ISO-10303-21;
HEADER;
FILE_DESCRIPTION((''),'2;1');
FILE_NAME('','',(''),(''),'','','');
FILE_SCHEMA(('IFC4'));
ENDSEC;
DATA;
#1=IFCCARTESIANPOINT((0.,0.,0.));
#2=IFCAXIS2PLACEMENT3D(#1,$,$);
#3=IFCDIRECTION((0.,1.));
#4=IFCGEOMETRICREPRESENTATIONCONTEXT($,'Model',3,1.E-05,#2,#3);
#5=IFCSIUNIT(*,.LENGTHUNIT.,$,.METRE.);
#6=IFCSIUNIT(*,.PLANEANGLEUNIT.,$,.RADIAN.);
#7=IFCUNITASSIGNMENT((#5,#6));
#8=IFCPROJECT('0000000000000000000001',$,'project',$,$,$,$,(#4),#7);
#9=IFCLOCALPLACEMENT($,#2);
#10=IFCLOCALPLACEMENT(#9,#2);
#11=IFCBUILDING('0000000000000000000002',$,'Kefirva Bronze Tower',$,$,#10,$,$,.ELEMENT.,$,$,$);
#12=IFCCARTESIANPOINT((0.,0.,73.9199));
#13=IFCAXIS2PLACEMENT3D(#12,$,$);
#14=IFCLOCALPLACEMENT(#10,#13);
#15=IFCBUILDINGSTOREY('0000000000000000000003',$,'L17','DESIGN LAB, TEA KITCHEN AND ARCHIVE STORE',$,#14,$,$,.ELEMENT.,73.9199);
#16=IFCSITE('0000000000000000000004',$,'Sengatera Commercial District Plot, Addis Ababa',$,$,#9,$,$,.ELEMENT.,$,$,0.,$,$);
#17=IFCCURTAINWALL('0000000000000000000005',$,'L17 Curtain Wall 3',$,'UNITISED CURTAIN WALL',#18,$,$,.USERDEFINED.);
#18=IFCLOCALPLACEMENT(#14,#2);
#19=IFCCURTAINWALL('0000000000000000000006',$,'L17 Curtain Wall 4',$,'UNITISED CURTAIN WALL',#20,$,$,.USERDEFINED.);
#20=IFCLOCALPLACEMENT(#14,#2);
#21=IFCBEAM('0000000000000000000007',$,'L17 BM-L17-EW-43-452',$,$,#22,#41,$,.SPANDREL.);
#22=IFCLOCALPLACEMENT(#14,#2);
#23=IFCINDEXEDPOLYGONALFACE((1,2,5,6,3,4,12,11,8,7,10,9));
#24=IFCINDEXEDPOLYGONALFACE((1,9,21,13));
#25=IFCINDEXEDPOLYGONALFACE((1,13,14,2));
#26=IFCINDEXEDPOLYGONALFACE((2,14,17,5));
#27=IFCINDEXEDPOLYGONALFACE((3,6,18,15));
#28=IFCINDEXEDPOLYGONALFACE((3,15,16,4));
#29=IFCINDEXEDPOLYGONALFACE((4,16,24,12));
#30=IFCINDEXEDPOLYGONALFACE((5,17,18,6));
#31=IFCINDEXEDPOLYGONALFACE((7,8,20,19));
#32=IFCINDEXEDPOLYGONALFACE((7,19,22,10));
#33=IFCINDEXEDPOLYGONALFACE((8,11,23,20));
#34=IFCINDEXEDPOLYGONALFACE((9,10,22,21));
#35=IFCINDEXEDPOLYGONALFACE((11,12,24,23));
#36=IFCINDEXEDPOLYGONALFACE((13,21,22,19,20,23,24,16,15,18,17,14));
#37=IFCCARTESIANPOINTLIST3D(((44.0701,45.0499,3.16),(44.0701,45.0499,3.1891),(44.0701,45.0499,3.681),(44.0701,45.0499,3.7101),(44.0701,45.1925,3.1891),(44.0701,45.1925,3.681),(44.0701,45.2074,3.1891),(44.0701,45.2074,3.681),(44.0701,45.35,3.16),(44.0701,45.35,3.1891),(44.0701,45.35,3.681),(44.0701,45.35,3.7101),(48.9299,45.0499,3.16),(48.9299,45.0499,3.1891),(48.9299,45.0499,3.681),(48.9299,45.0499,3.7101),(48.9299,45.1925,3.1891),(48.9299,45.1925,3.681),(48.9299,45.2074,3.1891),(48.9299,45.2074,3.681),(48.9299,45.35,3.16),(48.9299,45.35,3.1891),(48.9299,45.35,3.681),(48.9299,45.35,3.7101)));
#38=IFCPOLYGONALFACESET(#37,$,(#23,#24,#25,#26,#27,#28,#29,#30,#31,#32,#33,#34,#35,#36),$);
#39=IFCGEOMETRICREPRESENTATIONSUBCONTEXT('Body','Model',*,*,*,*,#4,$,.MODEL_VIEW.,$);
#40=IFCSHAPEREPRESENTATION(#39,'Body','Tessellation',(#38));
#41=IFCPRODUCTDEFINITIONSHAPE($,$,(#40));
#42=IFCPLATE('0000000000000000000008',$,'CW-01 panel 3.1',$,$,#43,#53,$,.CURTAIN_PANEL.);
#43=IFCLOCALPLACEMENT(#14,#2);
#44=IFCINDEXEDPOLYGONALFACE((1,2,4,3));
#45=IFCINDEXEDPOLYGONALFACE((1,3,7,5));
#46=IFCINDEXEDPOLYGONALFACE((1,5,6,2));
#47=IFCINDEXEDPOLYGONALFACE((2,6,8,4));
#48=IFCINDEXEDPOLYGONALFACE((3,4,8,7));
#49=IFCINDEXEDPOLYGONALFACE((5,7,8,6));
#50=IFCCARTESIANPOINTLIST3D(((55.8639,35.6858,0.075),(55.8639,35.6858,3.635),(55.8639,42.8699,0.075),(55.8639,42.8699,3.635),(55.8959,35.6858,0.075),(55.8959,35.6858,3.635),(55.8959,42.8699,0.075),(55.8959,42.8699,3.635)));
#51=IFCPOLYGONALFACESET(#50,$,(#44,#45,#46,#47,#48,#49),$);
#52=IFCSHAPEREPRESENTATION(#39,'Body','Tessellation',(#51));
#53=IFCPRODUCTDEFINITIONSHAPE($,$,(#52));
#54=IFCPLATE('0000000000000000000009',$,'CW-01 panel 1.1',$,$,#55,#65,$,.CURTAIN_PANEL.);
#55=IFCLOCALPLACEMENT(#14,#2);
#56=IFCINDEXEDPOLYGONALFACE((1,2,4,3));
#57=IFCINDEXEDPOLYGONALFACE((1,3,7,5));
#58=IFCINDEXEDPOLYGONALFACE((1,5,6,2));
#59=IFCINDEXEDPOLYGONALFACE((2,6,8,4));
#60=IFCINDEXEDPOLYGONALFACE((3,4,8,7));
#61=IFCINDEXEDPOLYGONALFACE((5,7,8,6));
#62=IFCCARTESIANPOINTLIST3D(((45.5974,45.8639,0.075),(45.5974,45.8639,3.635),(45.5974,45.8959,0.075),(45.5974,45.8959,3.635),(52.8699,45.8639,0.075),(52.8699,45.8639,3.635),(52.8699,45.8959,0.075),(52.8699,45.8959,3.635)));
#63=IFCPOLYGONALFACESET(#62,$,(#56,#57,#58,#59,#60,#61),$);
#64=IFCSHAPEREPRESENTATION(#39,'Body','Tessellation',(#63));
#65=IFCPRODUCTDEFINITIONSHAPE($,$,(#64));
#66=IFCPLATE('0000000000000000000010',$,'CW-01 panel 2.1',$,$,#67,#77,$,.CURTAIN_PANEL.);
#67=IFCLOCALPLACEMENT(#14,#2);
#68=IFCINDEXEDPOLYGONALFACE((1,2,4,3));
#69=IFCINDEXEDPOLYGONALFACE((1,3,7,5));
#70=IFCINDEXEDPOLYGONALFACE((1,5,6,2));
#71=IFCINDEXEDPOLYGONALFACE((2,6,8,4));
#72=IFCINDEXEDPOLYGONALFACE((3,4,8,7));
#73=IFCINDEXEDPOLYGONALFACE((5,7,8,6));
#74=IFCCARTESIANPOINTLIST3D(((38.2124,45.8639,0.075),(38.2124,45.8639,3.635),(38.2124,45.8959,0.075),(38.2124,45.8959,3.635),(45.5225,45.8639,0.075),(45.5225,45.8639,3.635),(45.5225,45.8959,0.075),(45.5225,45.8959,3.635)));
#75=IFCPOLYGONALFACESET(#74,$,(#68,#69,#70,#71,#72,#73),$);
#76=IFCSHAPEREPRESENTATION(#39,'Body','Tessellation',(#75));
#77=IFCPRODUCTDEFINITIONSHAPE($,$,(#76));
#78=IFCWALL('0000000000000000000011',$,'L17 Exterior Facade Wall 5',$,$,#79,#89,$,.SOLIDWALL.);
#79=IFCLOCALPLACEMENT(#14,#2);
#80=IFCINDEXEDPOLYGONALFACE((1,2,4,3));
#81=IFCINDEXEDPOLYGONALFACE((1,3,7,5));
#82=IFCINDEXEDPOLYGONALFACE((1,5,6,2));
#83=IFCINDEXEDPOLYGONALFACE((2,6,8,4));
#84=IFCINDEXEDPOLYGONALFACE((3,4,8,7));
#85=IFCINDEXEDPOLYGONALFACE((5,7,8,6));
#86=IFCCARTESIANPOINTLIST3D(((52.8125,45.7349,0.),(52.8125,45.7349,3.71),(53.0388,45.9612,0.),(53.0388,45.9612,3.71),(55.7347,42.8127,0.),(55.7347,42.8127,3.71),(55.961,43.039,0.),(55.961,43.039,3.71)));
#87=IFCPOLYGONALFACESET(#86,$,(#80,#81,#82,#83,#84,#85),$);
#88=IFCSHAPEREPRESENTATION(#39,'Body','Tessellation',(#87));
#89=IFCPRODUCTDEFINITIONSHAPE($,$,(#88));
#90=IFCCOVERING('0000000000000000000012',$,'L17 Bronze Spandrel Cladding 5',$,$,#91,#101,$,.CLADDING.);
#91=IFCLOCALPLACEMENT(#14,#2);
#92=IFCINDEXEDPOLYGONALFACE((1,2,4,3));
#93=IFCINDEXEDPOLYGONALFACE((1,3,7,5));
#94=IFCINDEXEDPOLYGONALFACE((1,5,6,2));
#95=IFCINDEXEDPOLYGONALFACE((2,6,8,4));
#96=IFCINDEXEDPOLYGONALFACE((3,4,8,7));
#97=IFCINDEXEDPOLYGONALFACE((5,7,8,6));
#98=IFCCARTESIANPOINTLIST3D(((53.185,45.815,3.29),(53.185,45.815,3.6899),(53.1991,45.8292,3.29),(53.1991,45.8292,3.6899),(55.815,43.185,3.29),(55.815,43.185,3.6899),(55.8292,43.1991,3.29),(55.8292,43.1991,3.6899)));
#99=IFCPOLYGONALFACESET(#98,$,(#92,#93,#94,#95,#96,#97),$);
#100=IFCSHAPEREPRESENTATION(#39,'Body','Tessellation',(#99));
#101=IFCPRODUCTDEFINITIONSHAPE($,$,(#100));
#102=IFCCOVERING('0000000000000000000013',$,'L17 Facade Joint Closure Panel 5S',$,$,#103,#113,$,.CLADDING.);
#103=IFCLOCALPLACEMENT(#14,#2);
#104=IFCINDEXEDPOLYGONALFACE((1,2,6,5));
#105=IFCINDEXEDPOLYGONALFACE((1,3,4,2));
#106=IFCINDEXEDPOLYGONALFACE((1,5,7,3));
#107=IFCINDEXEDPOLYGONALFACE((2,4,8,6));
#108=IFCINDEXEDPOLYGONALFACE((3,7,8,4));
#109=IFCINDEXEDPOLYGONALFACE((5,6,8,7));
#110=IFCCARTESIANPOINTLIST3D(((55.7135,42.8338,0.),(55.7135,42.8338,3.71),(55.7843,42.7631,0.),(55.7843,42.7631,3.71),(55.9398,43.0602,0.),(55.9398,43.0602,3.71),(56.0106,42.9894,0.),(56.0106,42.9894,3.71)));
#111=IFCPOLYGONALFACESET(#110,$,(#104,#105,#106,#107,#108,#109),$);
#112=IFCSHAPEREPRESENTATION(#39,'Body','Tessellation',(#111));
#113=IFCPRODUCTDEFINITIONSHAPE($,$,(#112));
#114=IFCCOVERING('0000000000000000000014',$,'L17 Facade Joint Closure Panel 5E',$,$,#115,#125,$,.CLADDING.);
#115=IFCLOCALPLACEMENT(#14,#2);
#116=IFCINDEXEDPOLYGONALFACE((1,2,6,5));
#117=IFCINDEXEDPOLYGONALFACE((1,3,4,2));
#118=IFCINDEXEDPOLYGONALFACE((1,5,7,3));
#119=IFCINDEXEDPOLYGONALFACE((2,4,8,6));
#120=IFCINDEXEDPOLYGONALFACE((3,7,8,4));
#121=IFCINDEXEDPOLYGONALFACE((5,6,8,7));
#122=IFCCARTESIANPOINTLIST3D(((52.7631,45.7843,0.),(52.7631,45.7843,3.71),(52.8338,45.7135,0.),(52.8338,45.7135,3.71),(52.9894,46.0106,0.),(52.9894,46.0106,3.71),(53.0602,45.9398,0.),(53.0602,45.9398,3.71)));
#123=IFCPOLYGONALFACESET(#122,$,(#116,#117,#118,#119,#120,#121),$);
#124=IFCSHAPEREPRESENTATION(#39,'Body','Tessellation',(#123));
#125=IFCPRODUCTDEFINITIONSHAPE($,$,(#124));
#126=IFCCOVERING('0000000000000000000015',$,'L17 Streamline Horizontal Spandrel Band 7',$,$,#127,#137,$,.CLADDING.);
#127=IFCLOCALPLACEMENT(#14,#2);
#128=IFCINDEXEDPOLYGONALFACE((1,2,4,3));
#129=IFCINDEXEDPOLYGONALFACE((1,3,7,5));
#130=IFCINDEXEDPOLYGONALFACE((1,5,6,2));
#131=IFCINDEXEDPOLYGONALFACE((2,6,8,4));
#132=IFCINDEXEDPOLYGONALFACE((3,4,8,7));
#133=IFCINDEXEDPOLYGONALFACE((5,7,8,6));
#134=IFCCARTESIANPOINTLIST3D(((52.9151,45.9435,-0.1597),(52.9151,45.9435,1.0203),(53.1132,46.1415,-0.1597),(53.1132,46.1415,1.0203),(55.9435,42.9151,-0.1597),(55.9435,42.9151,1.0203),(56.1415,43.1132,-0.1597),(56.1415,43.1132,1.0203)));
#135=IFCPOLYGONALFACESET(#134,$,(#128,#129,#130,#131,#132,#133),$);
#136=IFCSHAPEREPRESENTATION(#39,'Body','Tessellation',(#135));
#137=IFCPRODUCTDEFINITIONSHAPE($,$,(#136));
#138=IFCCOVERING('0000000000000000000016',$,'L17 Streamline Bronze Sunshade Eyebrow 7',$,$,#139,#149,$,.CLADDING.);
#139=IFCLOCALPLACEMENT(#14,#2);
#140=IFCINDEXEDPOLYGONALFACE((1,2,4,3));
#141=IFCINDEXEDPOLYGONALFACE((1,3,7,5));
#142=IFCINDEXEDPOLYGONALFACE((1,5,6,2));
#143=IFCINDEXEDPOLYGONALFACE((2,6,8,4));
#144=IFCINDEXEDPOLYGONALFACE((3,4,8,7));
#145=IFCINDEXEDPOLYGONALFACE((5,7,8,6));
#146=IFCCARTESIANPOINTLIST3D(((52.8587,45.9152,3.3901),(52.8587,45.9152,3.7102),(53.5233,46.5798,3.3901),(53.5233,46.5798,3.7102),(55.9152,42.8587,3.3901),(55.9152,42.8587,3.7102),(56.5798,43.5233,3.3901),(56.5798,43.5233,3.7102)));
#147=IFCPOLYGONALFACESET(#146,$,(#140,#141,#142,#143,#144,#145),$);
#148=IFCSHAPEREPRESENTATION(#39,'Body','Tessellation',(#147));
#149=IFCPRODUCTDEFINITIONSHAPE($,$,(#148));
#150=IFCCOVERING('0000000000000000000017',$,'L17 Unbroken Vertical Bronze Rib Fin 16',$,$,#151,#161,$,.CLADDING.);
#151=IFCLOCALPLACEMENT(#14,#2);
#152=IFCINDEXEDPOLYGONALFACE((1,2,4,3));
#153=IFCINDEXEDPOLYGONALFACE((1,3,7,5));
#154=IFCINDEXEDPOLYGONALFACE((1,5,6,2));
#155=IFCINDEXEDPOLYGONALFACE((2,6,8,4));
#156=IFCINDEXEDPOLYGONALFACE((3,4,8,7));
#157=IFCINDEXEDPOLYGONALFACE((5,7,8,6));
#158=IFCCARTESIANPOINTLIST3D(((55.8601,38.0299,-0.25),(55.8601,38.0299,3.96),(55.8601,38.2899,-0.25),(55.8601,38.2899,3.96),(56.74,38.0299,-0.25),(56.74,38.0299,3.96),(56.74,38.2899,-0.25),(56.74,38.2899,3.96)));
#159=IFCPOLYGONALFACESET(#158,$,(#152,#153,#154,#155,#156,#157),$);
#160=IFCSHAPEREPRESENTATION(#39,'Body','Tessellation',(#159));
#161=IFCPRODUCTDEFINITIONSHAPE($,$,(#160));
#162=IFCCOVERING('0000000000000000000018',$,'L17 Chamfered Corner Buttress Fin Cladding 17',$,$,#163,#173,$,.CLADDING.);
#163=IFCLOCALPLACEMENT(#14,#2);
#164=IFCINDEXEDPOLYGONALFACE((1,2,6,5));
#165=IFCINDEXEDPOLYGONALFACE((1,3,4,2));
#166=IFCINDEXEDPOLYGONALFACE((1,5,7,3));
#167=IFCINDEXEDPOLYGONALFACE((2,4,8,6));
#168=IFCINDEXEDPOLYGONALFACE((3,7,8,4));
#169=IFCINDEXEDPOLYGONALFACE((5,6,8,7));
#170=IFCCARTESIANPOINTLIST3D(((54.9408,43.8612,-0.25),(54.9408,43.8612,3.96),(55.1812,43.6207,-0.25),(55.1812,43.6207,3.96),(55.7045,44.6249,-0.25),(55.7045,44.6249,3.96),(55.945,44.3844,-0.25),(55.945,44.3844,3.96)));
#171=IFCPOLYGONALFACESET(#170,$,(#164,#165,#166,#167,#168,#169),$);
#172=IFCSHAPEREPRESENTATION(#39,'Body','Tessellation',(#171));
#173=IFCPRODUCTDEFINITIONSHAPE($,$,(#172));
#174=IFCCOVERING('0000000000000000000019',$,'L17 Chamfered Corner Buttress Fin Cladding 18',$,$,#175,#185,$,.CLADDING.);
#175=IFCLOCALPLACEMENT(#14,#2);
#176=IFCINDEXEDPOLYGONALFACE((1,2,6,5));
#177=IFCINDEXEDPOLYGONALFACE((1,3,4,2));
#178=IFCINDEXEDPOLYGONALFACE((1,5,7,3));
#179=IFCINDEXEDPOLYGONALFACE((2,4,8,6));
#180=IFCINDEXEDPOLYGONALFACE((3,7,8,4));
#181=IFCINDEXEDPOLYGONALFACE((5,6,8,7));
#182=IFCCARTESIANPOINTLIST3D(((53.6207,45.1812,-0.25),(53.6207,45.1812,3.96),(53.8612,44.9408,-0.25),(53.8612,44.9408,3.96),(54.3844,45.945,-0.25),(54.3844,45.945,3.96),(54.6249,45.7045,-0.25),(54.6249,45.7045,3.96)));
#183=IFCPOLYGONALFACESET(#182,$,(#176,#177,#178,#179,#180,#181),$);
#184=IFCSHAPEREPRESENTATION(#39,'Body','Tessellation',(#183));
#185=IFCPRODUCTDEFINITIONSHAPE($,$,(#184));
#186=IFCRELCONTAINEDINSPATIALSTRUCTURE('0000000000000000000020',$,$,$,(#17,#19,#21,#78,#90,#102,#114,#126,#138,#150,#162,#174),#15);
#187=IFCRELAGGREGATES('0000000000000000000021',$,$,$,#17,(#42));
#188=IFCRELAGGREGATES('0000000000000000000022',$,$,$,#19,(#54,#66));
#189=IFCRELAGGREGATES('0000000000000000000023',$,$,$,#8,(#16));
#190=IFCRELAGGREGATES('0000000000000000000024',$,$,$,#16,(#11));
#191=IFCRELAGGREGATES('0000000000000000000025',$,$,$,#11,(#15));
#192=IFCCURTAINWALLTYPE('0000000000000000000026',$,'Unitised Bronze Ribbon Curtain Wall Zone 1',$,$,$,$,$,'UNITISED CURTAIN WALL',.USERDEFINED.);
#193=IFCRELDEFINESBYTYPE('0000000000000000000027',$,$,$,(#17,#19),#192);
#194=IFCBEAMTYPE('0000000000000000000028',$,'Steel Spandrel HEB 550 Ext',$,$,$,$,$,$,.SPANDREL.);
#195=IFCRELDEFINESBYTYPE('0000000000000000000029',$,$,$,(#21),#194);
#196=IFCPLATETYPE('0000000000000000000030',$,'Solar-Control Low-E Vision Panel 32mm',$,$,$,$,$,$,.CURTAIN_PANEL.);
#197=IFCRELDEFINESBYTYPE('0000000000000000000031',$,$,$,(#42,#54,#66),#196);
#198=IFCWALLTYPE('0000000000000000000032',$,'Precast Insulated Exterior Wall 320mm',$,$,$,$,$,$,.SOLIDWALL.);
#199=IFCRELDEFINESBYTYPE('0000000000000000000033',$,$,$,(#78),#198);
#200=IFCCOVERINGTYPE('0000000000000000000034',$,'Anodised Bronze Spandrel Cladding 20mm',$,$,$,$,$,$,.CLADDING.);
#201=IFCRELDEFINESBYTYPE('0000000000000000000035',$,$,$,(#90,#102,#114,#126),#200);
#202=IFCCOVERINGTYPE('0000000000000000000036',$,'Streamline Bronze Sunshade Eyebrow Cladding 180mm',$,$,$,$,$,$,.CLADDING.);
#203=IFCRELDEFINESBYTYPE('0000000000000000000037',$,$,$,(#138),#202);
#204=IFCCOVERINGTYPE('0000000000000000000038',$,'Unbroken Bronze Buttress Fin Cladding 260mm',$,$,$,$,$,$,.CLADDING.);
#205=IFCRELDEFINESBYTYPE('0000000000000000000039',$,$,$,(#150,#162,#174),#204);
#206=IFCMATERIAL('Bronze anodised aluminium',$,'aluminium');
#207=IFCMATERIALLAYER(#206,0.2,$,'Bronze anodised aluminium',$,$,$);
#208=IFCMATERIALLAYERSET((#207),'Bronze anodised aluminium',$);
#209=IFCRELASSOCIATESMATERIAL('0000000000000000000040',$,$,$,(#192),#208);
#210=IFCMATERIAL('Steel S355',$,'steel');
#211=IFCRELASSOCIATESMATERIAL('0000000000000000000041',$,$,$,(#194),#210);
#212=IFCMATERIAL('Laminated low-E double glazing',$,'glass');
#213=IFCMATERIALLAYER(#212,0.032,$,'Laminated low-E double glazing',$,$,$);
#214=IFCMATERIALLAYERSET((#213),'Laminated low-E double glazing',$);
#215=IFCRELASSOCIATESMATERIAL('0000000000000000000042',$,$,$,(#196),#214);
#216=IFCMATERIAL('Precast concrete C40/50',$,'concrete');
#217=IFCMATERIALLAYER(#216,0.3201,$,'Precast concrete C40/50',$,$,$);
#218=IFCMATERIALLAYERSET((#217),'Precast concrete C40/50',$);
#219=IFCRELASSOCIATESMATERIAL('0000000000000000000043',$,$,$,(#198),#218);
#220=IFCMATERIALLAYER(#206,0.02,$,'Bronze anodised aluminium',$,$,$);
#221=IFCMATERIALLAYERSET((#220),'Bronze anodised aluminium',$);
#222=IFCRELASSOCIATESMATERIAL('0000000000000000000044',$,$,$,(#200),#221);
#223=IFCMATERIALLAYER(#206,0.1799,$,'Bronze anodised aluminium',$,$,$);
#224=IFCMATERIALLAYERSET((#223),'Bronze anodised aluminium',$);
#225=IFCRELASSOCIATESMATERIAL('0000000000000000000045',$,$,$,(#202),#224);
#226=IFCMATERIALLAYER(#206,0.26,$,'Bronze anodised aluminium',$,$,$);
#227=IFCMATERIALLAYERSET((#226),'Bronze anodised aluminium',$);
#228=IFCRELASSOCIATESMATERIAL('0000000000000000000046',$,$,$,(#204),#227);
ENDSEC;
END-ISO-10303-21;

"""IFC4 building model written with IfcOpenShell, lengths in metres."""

from ifc_helpers import new_model, si_unit, direction, frame, frame_2d, origin, origin_2d, place, context, subcontext, project, spatial, rectangle, i_section, extrude, material, layer, layer_set, material_profile, profile_set, type_object, element, aggregate, save


model = new_model("IFC4")

# Units and contexts
model_context = context("Model", 3, precision=1e-05, world=origin(), true_north=direction((0.0, 1.0)))
body_context = subcontext(model_context, "Body", "Model", "MODEL_VIEW")
ifc_project = project(units=[si_unit("LENGTHUNIT", "METRE"), si_unit("PLANEANGLEUNIT", "RADIAN")], contexts=[model_context])

# Site, building, storey
site_placement = place(None, origin())
site = spatial("IfcSite", under=ifc_project, at=site_placement, Name="Sengatera Commercial District Plot, Addis Ababa", CompositionType="ELEMENT", RefElevation=0.0)
building_placement = place(site_placement, origin())
building = spatial("IfcBuilding", under=site, at=building_placement, Name="Kefirva Bronze Tower", CompositionType="ELEMENT")
storey_placement = place(building_placement, frame((0.0, 0.0, 73.9199)))
storey = spatial("IfcBuildingStorey", under=building, at=storey_placement, Name="L17", Description="DESIGN LAB, TEA KITCHEN AND ARCHIVE STORE", CompositionType="ELEMENT", Elevation=73.9199)

# Curtain wall
ifc_material_1 = material(Name="Bronze anodised aluminium", Category="aluminium")
ifc_layer_1 = layer(ifc_material_1, 0.2, Name="Bronze anodised aluminium")
ifc_layer_set_1 = layer_set([ifc_layer_1], Name="Bronze anodised aluminium")
curtain_wall_type = type_object("IfcCurtainWallType", Name="Unitised Bronze Ribbon Curtain Wall Zone 1", ElementType="UNITISED CURTAIN WALL", PredefinedType="USERDEFINED", material=ifc_layer_set_1)
curtain_wall_1_placement = place(storey_placement, origin())
curtain_wall_1 = element("IfcCurtainWall", 1, at=curtain_wall_1_placement, inside=storey, type_object=curtain_wall_type, Name="L17 Curtain Wall 3", ObjectType="UNITISED CURTAIN WALL", PredefinedType="USERDEFINED")

# Curtain wall
curtain_wall_2_placement = place(storey_placement, origin())
curtain_wall_2 = element("IfcCurtainWall", 2, at=curtain_wall_2_placement, inside=storey, type_object=curtain_wall_type, Name="L17 Curtain Wall 4", ObjectType="UNITISED CURTAIN WALL", PredefinedType="USERDEFINED")

# Beam
ifc_material_2 = material(Name="Steel S355", Category="steel")
ifc_material_profile_1 = material_profile(ifc_material_2, i_section(OverallWidth=0.3, OverallDepth=0.55, WebThickness=0.0149, FlangeThickness=0.0291, at=origin_2d()), Name="HEB 550")
ifc_profile_set_1 = profile_set([ifc_material_profile_1], Name="Steel S355")
beam_type_1 = type_object("IfcBeamType", Name="Steel Spandrel HEB 550 Ext", PredefinedType="SPANDREL", material=ifc_profile_set_1)
beam_1_placement = place(storey_placement, frame((44.0701, 45.2, 3.4351), z_axis=(1.0, 0.0, 0.0), x_axis=(0.0, 1.0, 0.0)))
element("IfcBeam", 3, at=beam_1_placement, inside=storey, type_object=beam_type_1, Name="L17 BM-L17-EW-43-452", PredefinedType="SPANDREL", context=body_context, shape_type="SweptSolid", body=[
    extrude(i_section(OverallWidth=0.3, OverallDepth=0.55, WebThickness=0.0149, FlangeThickness=0.0291, at=origin_2d()), origin(), (0.0, 0.0, 1.0), 4.8599),
])

# Plates
ifc_material_3 = material(Name="Laminated low-E double glazing", Category="glass")
ifc_layer_2 = layer(ifc_material_3, 0.032, Name="Laminated low-E double glazing")
ifc_layer_set_2 = layer_set([ifc_layer_2], Name="Laminated low-E double glazing")
plate_type = type_object("IfcPlateType", Name="Solar-Control Low-E Vision Panel 32mm", PredefinedType="CURTAIN_PANEL", material=ifc_layer_set_2)
plate_1_placement = place(storey_placement, frame((55.8799, 39.2778, 0.075), z_axis=(0.0, 0.0, 1.0), x_axis=(0.0, 1.0, 0.0)))
plate_1 = element("IfcPlate", 4, at=plate_1_placement, type_object=plate_type, Name="CW-01 panel 3.1", PredefinedType="CURTAIN_PANEL", context=body_context, shape_type="SweptSolid", body=[
    extrude(rectangle(XDim=7.1841, YDim=0.032, at=origin_2d()), origin(), (0.0, 0.0, 1.0), 3.5601),
])
aggregate(curtain_wall_1, [plate_1])
plate_2_placement = place(storey_placement, frame((49.2336, 45.8799, 0.075), z_axis=(0.0, 0.0, 1.0), x_axis=(-1.0, 0.0, 0.0)))
plate_2 = element("IfcPlate", 5, at=plate_2_placement, type_object=plate_type, Name="CW-01 panel 1.1", PredefinedType="CURTAIN_PANEL", context=body_context, shape_type="SweptSolid", body=[
    extrude(rectangle(XDim=7.2725, YDim=0.032, at=origin_2d()), origin(), (0.0, 0.0, 1.0), 3.5601),
])
plate_3_placement = place(storey_placement, frame((41.8674, 45.8799, 0.075), z_axis=(0.0, 0.0, 1.0), x_axis=(-1.0, 0.0, 0.0)))
plate_3 = element("IfcPlate", 6, at=plate_3_placement, type_object=plate_type, Name="CW-01 panel 2.1", PredefinedType="CURTAIN_PANEL", context=body_context, shape_type="SweptSolid", body=[
    extrude(rectangle(XDim=7.3101, YDim=0.032, at=origin_2d()), origin(), (0.0, 0.0, 1.0), 3.5601),
])
aggregate(curtain_wall_2, [plate_2, plate_3])

# Wall
ifc_material_4 = material(Name="Precast concrete C40/50", Category="concrete")
ifc_layer_3 = layer(ifc_material_4, 0.3201, Name="Precast concrete C40/50")
ifc_layer_set_3 = layer_set([ifc_layer_3], Name="Precast concrete C40/50")
wall_type = type_object("IfcWallType", Name="Precast Insulated Exterior Wall 320mm", PredefinedType="SOLIDWALL", material=ifc_layer_set_3)
wall_placement = place(storey_placement, frame((55.8479, 42.9258, 0.0), z_axis=(0.0, 0.0, 1.0), x_axis=(-0.707107, 0.707107, 0.0)))
element("IfcWall", 7, at=wall_placement, inside=storey, type_object=wall_type, Name="L17 Exterior Facade Wall 5", PredefinedType="SOLIDWALL", context=body_context, shape_type="SweptSolid", body=[
    extrude(rectangle(XDim=4.1326, YDim=0.3201, at=frame_2d((2.0664, 0.0))), origin(), (0.0, 0.0, 1.0), 3.71),
])

# Coverings
ifc_layer_4 = layer(ifc_material_1, 0.02, Name="Bronze anodised aluminium")
ifc_layer_set_4 = layer_set([ifc_layer_4], Name="Bronze anodised aluminium")
covering_type_1 = type_object("IfcCoveringType", Name="Anodised Bronze Spandrel Cladding 20mm", PredefinedType="CLADDING", material=ifc_layer_set_4)
covering_1_placement = place(storey_placement, frame((54.5071, 44.5071, 3.29), z_axis=(0.0, 0.0, 1.0), x_axis=(-0.707107, 0.707107, 0.0)))
element("IfcCovering", 8, at=covering_1_placement, inside=storey, type_object=covering_type_1, Name="L17 Bronze Spandrel Cladding 5", PredefinedType="CLADDING", context=body_context, shape_type="SweptSolid", body=[
    extrude(rectangle(XDim=3.7195, YDim=0.02, at=origin_2d()), origin(), (0.0, 0.0, 1.0), 0.3999),
])
for number, where, z_axis, x_axis, name in (
    (9, (55.8621, 42.9116, 0.0), (0.0, 0.0, 1.0), (-0.707107, 0.707107, 0.0), "L17 Facade Joint Closure Panel 5S"),
    (10, (52.9116, 45.8621, 0.0), (0.0, 0.0, 1.0), (-0.707107, 0.707107, 0.0), "L17 Facade Joint Closure Panel 5E"),
):
    element("IfcCovering", number, at=place(storey_placement, frame(where, z_axis=z_axis, x_axis=x_axis)), inside=storey, type_object=covering_type_1, Name=name, PredefinedType="CLADDING", context=body_context, shape_type="SweptSolid", body=[
        extrude(rectangle(XDim=0.1001, YDim=0.3201, at=origin_2d()), origin(), (0.0, 0.0, 1.0), 3.71),
    ])
covering_2_placement = place(storey_placement, frame((54.5283, 44.5283, -0.1597), z_axis=(0.0, 0.0, 1.0), x_axis=(-0.707107, 0.707107, 0.0)))
element("IfcCovering", 11, at=covering_2_placement, inside=storey, type_object=covering_type_1, Name="L17 Streamline Horizontal Spandrel Band 7", PredefinedType="CLADDING", context=body_context, shape_type="SweptSolid", body=[
    extrude(rectangle(XDim=4.2827, YDim=0.28, at=origin_2d()), origin(), (0.0, 0.0, 1.0), 1.1799),
])
ifc_layer_5 = layer(ifc_material_1, 0.1799, Name="Bronze anodised aluminium")
ifc_layer_set_5 = layer_set([ifc_layer_5], Name="Bronze anodised aluminium")
covering_type_2 = type_object("IfcCoveringType", Name="Streamline Bronze Sunshade Eyebrow Cladding 180mm", PredefinedType="CLADDING", material=ifc_layer_set_5)
covering_3_placement = place(storey_placement, frame((54.7192, 44.7192, 3.3901), z_axis=(0.0, 0.0, 1.0), x_axis=(-0.707107, 0.707107, 0.0)))
element("IfcCovering", 12, at=covering_3_placement, inside=storey, type_object=covering_type_2, Name="L17 Streamline Bronze Sunshade Eyebrow 7", PredefinedType="CLADDING", context=body_context, shape_type="SweptSolid", body=[
    extrude(rectangle(XDim=4.3225, YDim=0.9399, at=origin_2d()), origin(), (0.0, 0.0, 1.0), 0.3201),
])
ifc_layer_6 = layer(ifc_material_1, 0.26, Name="Bronze anodised aluminium")
ifc_layer_set_6 = layer_set([ifc_layer_6], Name="Bronze anodised aluminium")
covering_type_3 = type_object("IfcCoveringType", Name="Unbroken Bronze Buttress Fin Cladding 260mm", PredefinedType="CLADDING", material=ifc_layer_set_6)
covering_4_placement = place(storey_placement, frame((56.3, 38.1599, -0.25), z_axis=(0.0, 0.0, 1.0), x_axis=(0.0, 1.0, 0.0)))
element("IfcCovering", 13, at=covering_4_placement, inside=storey, type_object=covering_type_3, Name="L17 Unbroken Vertical Bronze Rib Fin 16", PredefinedType="CLADDING", context=body_context, shape_type="SweptSolid", body=[
    extrude(rectangle(XDim=0.26, YDim=0.8799, at=origin_2d()), origin(), (0.0, 0.0, 1.0), 4.21),
])
for number, where, z_axis, x_axis, name in (
    (14, (55.4429, 44.1228, -0.25), (0.0, 0.0, 1.0), (-0.707107, 0.707107, 0.0), "L17 Chamfered Corner Buttress Fin Cladding 17"),
    (15, (54.1228, 45.4429, -0.25), (0.0, 0.0, 1.0), (-0.707107, 0.707107, 0.0), "L17 Chamfered Corner Buttress Fin Cladding 18"),
):
    element("IfcCovering", number, at=place(storey_placement, frame(where, z_axis=z_axis, x_axis=x_axis)), inside=storey, type_object=covering_type_3, Name=name, PredefinedType="CLADDING", context=body_context, shape_type="SweptSolid", body=[
        extrude(rectangle(XDim=0.3401, YDim=1.0801, at=origin_2d()), origin(), (0.0, 0.0, 1.0), 4.21),
    ])

save(model, "model.ifc")
